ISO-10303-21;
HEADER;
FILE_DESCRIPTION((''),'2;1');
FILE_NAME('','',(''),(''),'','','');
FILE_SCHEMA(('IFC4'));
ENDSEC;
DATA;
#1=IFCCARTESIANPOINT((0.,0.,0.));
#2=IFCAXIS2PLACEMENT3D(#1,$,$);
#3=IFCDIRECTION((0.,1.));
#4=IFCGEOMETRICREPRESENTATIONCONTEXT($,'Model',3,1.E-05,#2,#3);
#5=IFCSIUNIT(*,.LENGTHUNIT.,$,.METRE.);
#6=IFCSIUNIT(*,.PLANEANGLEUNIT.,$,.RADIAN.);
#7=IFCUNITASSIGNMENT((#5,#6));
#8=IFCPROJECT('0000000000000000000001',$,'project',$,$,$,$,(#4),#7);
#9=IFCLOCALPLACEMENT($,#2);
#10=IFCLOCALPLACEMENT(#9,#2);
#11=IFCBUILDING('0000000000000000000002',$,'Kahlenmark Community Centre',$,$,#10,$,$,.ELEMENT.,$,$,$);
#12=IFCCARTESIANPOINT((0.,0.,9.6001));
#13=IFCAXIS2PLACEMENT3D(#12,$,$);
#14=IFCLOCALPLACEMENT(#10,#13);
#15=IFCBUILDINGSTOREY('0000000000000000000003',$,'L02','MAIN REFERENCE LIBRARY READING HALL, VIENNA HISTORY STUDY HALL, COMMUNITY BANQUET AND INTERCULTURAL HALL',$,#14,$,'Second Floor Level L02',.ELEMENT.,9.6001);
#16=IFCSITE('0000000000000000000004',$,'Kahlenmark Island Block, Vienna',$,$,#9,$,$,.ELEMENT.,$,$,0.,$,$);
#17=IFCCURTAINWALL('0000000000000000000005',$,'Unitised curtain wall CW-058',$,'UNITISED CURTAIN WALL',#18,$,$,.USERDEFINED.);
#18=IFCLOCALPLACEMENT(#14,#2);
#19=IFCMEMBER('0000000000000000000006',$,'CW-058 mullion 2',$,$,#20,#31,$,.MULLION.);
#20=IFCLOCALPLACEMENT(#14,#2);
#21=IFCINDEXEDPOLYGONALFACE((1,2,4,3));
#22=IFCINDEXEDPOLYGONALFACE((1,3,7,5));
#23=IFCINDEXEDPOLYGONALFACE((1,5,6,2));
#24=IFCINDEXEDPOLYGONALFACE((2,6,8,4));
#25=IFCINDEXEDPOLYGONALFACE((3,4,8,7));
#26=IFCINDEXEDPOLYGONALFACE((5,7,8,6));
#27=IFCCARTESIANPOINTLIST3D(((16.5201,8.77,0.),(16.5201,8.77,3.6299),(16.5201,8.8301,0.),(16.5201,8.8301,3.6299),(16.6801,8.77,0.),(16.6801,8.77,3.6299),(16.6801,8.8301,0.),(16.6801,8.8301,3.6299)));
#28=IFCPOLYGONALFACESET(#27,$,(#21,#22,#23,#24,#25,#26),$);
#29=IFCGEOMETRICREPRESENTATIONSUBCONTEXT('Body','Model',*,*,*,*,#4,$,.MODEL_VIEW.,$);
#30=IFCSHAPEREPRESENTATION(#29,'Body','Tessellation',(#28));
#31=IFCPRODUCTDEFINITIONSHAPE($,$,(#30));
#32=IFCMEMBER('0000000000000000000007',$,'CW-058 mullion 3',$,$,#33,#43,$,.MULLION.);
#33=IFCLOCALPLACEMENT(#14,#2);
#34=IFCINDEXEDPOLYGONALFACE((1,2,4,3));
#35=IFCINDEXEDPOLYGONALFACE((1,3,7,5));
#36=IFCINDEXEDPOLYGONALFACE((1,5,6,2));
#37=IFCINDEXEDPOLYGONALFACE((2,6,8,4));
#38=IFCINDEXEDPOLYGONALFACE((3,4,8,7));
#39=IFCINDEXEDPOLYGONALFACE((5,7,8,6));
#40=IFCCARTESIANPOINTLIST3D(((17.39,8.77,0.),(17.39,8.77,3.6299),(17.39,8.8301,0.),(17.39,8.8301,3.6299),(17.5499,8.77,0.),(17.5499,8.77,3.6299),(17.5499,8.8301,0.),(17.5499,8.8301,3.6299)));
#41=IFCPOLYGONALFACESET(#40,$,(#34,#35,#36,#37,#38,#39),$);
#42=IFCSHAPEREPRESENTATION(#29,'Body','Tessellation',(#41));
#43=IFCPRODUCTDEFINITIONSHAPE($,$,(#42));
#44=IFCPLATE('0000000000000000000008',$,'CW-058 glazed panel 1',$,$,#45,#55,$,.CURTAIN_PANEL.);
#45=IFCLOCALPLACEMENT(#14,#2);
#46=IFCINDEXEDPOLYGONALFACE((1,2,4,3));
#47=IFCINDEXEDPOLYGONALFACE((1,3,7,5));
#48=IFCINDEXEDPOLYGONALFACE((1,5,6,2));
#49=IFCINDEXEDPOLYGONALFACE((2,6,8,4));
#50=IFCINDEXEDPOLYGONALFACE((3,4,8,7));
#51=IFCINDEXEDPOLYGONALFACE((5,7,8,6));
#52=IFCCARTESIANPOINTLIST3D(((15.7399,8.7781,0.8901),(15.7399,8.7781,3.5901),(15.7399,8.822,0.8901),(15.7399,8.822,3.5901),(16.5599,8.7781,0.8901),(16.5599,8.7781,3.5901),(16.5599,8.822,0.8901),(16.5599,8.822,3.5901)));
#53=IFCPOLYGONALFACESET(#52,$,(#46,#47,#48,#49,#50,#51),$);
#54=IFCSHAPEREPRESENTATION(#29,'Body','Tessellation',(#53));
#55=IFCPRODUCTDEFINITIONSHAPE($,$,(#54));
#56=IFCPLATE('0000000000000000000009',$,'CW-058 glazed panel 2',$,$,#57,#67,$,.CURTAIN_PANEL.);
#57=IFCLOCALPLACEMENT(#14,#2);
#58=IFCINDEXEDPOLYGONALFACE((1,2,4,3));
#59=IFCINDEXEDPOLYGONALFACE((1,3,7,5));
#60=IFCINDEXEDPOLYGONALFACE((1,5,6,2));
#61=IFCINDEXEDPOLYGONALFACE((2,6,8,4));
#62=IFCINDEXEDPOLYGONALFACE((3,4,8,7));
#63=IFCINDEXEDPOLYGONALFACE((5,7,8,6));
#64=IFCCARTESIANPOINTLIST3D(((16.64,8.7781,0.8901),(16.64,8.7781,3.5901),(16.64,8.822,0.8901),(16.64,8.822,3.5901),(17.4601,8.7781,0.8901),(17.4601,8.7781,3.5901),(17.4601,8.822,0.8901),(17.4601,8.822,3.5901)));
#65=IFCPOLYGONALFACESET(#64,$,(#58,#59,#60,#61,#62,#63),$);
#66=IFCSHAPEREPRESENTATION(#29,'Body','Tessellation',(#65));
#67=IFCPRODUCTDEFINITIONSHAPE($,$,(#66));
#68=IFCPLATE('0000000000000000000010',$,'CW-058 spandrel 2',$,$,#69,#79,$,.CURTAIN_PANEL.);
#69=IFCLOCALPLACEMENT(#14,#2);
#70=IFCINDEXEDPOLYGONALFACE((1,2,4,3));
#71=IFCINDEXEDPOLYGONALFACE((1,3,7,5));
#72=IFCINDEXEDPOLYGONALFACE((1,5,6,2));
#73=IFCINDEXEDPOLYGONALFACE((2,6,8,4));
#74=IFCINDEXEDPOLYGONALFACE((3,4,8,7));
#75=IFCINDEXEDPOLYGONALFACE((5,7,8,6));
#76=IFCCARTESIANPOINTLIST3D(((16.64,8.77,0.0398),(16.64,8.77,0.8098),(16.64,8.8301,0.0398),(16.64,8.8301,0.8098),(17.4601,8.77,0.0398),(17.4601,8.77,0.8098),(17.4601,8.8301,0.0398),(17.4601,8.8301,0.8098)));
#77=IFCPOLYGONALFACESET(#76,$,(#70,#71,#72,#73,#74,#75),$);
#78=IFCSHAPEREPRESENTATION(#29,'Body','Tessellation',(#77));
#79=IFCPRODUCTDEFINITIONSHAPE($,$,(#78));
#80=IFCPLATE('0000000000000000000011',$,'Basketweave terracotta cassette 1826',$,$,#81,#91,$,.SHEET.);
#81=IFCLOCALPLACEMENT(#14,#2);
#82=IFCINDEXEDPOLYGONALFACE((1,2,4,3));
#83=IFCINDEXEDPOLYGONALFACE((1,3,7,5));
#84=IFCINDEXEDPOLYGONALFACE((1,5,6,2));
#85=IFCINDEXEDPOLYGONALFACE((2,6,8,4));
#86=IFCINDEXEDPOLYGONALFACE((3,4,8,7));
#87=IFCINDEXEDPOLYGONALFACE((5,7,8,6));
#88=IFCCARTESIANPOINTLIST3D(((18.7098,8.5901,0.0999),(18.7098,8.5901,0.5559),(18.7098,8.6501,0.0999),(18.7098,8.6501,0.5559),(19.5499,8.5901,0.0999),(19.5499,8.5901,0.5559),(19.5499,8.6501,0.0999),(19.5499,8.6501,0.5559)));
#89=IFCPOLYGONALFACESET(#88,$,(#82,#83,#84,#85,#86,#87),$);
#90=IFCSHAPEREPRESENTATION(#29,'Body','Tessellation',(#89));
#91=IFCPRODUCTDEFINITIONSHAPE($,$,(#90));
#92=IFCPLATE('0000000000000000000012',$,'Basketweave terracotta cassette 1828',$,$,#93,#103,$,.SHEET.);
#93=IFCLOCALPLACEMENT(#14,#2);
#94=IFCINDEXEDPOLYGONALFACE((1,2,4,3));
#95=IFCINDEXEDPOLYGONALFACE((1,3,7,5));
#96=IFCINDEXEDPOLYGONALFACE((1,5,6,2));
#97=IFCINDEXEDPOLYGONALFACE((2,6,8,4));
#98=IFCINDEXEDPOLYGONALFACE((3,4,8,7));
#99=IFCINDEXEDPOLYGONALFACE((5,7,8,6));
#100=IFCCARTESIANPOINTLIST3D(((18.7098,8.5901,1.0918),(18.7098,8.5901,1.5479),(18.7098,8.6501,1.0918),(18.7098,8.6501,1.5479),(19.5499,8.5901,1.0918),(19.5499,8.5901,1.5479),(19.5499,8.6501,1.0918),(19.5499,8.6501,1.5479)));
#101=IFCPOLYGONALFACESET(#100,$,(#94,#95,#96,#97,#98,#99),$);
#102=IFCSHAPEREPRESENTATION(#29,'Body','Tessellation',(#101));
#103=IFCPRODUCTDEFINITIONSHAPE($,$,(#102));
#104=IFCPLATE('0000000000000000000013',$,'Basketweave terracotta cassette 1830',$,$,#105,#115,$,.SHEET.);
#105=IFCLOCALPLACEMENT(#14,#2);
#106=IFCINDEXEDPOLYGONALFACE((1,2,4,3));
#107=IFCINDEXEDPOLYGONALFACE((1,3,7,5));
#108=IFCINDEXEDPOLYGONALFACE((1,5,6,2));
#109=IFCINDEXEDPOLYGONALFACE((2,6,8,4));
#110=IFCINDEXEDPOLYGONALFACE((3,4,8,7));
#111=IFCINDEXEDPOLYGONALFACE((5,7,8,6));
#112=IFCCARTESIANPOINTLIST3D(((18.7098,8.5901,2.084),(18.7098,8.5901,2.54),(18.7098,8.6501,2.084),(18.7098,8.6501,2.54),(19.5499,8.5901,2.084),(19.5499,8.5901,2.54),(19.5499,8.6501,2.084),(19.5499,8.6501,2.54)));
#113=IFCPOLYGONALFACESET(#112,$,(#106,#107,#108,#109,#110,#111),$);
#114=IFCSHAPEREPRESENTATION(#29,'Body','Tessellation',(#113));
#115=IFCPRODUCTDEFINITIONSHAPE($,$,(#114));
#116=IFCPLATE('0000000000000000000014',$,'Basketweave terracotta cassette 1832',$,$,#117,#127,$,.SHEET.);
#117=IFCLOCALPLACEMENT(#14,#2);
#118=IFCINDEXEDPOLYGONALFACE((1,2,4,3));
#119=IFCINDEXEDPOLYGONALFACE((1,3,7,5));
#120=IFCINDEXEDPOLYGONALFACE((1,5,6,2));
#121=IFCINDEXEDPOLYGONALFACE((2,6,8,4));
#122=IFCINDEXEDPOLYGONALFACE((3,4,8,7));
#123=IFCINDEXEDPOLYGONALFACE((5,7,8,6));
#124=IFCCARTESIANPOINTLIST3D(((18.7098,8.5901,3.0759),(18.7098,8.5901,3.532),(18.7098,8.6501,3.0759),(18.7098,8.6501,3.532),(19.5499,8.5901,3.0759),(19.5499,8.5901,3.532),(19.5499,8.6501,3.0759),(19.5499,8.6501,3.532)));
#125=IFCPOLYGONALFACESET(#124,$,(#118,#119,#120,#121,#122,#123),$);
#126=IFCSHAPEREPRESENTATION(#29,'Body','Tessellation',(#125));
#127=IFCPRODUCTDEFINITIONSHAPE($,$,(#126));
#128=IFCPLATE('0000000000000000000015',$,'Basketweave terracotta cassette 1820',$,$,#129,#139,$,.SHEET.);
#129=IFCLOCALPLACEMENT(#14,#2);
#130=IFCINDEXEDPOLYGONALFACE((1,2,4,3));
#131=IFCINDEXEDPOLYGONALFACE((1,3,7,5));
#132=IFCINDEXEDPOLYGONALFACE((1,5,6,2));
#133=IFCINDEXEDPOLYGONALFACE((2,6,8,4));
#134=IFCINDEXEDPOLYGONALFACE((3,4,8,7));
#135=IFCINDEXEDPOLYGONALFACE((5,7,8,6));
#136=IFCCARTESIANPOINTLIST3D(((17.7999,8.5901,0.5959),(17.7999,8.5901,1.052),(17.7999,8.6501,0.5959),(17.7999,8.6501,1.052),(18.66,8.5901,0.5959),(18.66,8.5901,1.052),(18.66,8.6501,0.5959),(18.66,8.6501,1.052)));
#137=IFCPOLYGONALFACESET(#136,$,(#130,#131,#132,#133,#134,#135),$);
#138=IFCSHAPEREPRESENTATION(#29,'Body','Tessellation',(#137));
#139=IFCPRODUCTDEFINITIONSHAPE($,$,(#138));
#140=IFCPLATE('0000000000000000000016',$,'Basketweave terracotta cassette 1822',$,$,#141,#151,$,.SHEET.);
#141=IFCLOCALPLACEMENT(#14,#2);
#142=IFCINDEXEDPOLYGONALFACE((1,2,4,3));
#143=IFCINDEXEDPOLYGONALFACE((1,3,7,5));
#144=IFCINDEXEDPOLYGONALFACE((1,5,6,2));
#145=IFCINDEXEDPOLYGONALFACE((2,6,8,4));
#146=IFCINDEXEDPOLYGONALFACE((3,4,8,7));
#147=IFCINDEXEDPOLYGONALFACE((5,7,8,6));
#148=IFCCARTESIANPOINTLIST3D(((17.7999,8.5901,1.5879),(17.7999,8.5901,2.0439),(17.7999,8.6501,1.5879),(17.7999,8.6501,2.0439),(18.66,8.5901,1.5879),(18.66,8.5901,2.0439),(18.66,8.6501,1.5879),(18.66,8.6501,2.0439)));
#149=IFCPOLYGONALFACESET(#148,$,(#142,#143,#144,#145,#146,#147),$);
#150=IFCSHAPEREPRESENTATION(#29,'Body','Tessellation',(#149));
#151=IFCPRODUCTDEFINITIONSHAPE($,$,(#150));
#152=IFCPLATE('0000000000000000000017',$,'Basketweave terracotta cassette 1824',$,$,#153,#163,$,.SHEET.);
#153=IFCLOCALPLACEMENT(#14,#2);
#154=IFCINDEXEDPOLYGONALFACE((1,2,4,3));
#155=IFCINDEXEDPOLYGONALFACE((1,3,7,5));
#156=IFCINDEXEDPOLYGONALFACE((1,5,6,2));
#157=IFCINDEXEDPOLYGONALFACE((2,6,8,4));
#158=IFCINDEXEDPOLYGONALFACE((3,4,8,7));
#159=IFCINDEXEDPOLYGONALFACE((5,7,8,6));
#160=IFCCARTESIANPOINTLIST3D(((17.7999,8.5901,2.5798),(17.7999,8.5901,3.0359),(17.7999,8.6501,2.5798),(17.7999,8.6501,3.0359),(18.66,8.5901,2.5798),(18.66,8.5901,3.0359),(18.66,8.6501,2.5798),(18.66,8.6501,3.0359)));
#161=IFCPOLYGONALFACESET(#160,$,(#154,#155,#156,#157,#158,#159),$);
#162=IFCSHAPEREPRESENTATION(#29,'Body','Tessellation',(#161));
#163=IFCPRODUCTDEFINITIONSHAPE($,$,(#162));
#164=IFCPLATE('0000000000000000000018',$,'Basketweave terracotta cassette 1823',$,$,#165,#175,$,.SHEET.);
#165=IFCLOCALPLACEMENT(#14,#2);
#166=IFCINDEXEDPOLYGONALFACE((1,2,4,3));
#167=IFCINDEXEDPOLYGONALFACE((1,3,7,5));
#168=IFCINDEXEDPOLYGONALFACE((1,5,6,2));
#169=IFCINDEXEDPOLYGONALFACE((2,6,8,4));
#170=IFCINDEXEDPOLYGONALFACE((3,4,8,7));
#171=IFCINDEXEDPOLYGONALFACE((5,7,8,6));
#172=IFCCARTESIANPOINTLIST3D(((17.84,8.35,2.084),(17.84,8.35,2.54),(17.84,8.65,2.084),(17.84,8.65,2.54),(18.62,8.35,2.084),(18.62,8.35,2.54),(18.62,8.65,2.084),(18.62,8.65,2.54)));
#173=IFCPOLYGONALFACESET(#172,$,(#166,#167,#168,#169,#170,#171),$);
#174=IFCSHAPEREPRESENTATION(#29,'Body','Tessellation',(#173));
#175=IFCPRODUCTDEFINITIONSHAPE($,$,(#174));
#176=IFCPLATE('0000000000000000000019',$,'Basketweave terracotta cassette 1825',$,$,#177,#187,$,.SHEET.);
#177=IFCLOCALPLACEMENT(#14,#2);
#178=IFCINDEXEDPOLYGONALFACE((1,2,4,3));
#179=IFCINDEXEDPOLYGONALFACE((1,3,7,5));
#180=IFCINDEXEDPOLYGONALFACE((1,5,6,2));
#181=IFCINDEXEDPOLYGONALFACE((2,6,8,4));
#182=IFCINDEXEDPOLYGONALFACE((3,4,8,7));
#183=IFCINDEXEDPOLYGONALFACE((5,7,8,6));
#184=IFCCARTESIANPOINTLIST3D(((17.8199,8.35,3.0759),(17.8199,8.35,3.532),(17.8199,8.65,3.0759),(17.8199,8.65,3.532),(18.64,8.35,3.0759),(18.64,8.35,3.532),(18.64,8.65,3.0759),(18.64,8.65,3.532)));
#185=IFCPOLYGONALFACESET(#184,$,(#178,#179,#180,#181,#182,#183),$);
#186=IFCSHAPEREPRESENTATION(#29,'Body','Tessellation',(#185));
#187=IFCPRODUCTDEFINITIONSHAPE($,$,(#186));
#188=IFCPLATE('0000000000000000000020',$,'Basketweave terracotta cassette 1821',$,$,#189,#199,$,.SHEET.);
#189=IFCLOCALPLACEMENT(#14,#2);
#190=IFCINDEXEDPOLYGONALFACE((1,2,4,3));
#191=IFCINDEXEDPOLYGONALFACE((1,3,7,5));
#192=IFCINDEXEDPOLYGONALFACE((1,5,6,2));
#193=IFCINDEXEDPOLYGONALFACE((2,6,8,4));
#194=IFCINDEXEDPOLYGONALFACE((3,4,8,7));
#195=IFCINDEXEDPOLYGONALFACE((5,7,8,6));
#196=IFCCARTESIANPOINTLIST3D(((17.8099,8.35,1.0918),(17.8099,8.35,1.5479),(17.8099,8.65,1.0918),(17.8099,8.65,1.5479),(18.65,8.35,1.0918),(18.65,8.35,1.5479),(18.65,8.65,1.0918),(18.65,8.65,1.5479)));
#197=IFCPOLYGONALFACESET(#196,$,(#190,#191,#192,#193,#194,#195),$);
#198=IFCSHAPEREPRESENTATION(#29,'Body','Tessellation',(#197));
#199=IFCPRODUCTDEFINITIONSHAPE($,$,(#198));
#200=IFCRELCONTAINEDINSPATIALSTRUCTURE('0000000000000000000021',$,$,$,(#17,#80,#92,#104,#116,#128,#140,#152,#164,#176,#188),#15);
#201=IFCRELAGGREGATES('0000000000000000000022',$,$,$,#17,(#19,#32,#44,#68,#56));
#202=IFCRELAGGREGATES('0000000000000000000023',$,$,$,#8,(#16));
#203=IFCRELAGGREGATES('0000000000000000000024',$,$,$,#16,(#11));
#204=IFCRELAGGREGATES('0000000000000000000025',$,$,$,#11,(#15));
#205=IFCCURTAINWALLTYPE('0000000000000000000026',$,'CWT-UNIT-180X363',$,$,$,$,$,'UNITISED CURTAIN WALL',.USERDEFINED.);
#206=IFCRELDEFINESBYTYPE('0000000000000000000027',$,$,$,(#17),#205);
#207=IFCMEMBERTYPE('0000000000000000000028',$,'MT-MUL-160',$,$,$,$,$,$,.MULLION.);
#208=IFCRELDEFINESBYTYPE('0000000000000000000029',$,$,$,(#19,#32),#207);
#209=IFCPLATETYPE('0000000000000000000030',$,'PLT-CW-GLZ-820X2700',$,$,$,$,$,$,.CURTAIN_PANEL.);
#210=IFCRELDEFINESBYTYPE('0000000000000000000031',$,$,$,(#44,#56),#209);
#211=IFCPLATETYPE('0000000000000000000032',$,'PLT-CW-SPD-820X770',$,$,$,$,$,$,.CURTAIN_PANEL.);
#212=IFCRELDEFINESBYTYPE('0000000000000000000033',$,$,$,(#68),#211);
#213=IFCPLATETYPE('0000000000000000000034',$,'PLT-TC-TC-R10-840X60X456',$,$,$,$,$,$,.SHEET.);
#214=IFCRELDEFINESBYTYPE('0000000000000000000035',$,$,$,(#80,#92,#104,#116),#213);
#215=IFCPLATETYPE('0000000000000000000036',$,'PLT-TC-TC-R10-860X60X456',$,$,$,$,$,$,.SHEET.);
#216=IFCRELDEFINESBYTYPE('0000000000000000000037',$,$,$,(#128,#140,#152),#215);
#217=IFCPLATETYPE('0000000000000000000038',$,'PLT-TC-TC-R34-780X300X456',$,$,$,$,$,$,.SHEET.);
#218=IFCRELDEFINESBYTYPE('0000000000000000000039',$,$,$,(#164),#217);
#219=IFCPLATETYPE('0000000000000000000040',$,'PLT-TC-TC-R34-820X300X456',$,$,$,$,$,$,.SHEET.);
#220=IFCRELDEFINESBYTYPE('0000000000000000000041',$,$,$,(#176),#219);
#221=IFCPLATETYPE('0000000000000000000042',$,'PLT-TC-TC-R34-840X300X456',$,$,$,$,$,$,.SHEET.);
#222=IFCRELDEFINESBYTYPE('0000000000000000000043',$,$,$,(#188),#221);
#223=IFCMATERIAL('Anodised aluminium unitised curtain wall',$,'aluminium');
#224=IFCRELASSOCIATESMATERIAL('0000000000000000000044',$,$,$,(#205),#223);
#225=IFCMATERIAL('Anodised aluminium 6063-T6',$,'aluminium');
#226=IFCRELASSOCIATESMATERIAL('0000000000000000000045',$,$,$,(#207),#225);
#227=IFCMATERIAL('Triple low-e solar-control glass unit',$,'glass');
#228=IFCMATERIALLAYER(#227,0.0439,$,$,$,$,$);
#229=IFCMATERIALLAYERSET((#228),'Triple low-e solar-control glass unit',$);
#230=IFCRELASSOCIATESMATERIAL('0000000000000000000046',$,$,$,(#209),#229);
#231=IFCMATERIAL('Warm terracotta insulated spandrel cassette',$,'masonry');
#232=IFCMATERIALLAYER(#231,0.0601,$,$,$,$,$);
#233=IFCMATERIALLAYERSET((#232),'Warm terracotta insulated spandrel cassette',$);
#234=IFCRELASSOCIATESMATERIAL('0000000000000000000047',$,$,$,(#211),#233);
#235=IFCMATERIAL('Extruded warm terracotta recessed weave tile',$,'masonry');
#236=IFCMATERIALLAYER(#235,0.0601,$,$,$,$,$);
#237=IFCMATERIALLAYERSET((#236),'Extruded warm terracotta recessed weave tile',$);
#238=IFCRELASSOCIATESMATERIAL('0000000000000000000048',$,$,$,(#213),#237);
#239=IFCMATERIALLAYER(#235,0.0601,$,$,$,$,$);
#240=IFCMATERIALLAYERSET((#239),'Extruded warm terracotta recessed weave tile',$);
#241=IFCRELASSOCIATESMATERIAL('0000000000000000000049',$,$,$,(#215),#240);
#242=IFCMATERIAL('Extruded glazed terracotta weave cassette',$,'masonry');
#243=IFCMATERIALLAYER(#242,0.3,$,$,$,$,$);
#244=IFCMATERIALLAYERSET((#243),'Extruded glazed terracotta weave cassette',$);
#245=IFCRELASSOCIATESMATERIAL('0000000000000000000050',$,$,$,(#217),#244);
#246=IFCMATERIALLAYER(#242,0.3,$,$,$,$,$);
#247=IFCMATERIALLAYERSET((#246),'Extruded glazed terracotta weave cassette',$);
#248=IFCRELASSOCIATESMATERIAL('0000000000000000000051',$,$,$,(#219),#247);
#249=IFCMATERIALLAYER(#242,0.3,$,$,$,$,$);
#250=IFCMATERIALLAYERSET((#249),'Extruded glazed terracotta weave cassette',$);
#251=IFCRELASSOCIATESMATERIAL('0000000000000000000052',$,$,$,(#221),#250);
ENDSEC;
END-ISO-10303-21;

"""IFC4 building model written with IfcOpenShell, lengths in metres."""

from ifc_helpers import new_model, si_unit, direction, frame, origin, origin_2d, place, context, subcontext, project, spatial, rectangle, extrude, material, layer, layer_set, material_profile, profile_set, type_object, element, aggregate, save


model = new_model("IFC4")

# Units and contexts
model_context = context("Model", 3, precision=1e-05, world=origin(), true_north=direction((0.0, 1.0)))
body_context = subcontext(model_context, "Body", "Model", "MODEL_VIEW")
ifc_project = project(units=[si_unit("LENGTHUNIT", "METRE"), si_unit("PLANEANGLEUNIT", "RADIAN")], contexts=[model_context])

# Site, building, storey
site_placement = place(None, origin())
site = spatial("IfcSite", under=ifc_project, at=site_placement, Name="Kahlenmark Island Block, Vienna", CompositionType="ELEMENT", RefElevation=0.0)
building_placement = place(site_placement, origin())
building = spatial("IfcBuilding", under=site, at=building_placement, Name="Kahlenmark Community Centre", CompositionType="ELEMENT")
storey_placement = place(building_placement, frame((0.0, 0.0, 9.6001)))
storey = spatial("IfcBuildingStorey", under=building, at=storey_placement, Name="L02", Description="MAIN REFERENCE LIBRARY READING HALL, VIENNA HISTORY STUDY HALL, COMMUNITY BANQUET AND INTERCULTURAL HALL", LongName="Second Floor Level L02", CompositionType="ELEMENT", Elevation=9.6001)

# Curtain wall, members, plates
ifc_material_1 = material(Name="Anodised aluminium unitised curtain wall", Category="aluminium")
curtain_wall_type = type_object("IfcCurtainWallType", Name="CWT-UNIT-180X363", ElementType="UNITISED CURTAIN WALL", PredefinedType="USERDEFINED", material=ifc_material_1)
curtain_wall_placement = place(storey_placement, origin())
curtain_wall = element("IfcCurtainWall", 1, at=curtain_wall_placement, inside=storey, type_object=curtain_wall_type, Name="Unitised curtain wall CW-058", ObjectType="UNITISED CURTAIN WALL", PredefinedType="USERDEFINED")
ifc_material_2 = material(Name="Anodised aluminium 6063-T6", Category="aluminium")
ifc_material_profile = material_profile(ifc_material_2, rectangle(XDim=0.0601, YDim=0.1599, at=origin_2d()), Name="ALU MULLION 60x160")
ifc_profile_set = profile_set([ifc_material_profile], Name="Anodised aluminium 6063-T6")
member_type = type_object("IfcMemberType", Name="MT-MUL-160", PredefinedType="MULLION", material=ifc_profile_set)
member_1_placement = place(storey_placement, frame((16.6001, 8.8, 0.0), z_axis=(0.0, 0.0, 1.0), x_axis=(0.0, 1.0, 0.0)))
member_1 = element("IfcMember", 2, at=member_1_placement, type_object=member_type, Name="CW-058 mullion 2", PredefinedType="MULLION", context=body_context, shape_type="SweptSolid", body=[
    extrude(rectangle(XDim=0.0601, YDim=0.1599, at=origin_2d()), origin(), (0.0, 0.0, 1.0), 3.6299),
])
member_2_placement = place(storey_placement, frame((17.47, 8.8, 0.0), z_axis=(0.0, 0.0, 1.0), x_axis=(0.0, 1.0, 0.0)))
member_2 = element("IfcMember", 3, at=member_2_placement, type_object=member_type, Name="CW-058 mullion 3", PredefinedType="MULLION", context=body_context, shape_type="SweptSolid", body=[
    extrude(rectangle(XDim=0.0601, YDim=0.1599, at=origin_2d()), origin(), (0.0, 0.0, 1.0), 3.6299),
])
ifc_material_3 = material(Name="Triple low-e solar-control glass unit", Category="glass")
ifc_layer_1 = layer(ifc_material_3, 0.0439)
ifc_layer_set_1 = layer_set([ifc_layer_1], Name="Triple low-e solar-control glass unit")
plate_type_1 = type_object("IfcPlateType", Name="PLT-CW-GLZ-820X2700", PredefinedType="CURTAIN_PANEL", material=ifc_layer_set_1)
plate_1_placement = place(storey_placement, frame((16.1499, 8.8, 0.8901), z_axis=(0.0, 0.0, 1.0), x_axis=(1.0, 0.0, 0.0)))
plate_1 = element("IfcPlate", 4, at=plate_1_placement, type_object=plate_type_1, Name="CW-058 glazed panel 1", PredefinedType="CURTAIN_PANEL", context=body_context, shape_type="SweptSolid", body=[
    extrude(rectangle(XDim=0.8201, YDim=0.0439, at=origin_2d()), origin(), (0.0, 0.0, 1.0), 2.7),
])
plate_2_placement = place(storey_placement, frame((17.05, 8.8, 0.8901), z_axis=(0.0, 0.0, 1.0), x_axis=(1.0, 0.0, 0.0)))
plate_2 = element("IfcPlate", 5, at=plate_2_placement, type_object=plate_type_1, Name="CW-058 glazed panel 2", PredefinedType="CURTAIN_PANEL", context=body_context, shape_type="SweptSolid", body=[
    extrude(rectangle(XDim=0.8201, YDim=0.0439, at=origin_2d()), origin(), (0.0, 0.0, 1.0), 2.7),
])
ifc_material_4 = material(Name="Warm terracotta insulated spandrel cassette", Category="masonry")
ifc_layer_2 = layer(ifc_material_4, 0.0601)
ifc_layer_set_2 = layer_set([ifc_layer_2], Name="Warm terracotta insulated spandrel cassette")
plate_type_2 = type_object("IfcPlateType", Name="PLT-CW-SPD-820X770", PredefinedType="CURTAIN_PANEL", material=ifc_layer_set_2)
plate_3_placement = place(storey_placement, frame((17.05, 8.8, 0.0398), z_axis=(0.0, 0.0, 1.0), x_axis=(1.0, 0.0, 0.0)))
plate_3 = element("IfcPlate", 6, at=plate_3_placement, type_object=plate_type_2, Name="CW-058 spandrel 2", PredefinedType="CURTAIN_PANEL", context=body_context, shape_type="SweptSolid", body=[
    extrude(rectangle(XDim=0.8201, YDim=0.0601, at=origin_2d()), origin(), (0.0, 0.0, 1.0), 0.77),
])
aggregate(curtain_wall, [member_1, member_2, plate_1, plate_3, plate_2])

# Plates
ifc_material_5 = material(Name="Extruded warm terracotta recessed weave tile", Category="masonry")
ifc_layer_3 = layer(ifc_material_5, 0.0601)
ifc_layer_set_3 = layer_set([ifc_layer_3], Name="Extruded warm terracotta recessed weave tile")
plate_type_3 = type_object("IfcPlateType", Name="PLT-TC-TC-R10-840X60X456", PredefinedType="SHEET", material=ifc_layer_set_3)
for number, where, z_axis, x_axis, name in (
    (7, (19.1299, 8.6201, 0.0999), (0.0, 0.0, 1.0), (1.0, 0.0, 0.0), "Basketweave terracotta cassette 1826"),
    (8, (19.1299, 8.6201, 1.0918), (0.0, 0.0, 1.0), (1.0, 0.0, 0.0), "Basketweave terracotta cassette 1828"),
    (9, (19.1299, 8.6201, 2.084), (0.0, 0.0, 1.0), (1.0, 0.0, 0.0), "Basketweave terracotta cassette 1830"),
    (10, (19.1299, 8.6201, 3.0759), (0.0, 0.0, 1.0), (1.0, 0.0, 0.0), "Basketweave terracotta cassette 1832"),
):
    element("IfcPlate", number, at=place(storey_placement, frame(where, z_axis=z_axis, x_axis=x_axis)), inside=storey, type_object=plate_type_3, Name=name, PredefinedType="SHEET", context=body_context, shape_type="SweptSolid", body=[
        extrude(rectangle(XDim=0.8401, YDim=0.0601, at=origin_2d()), origin(), (0.0, 0.0, 1.0), 0.4561),
    ])
ifc_layer_4 = layer(ifc_material_5, 0.0601)
ifc_layer_set_4 = layer_set([ifc_layer_4], Name="Extruded warm terracotta recessed weave tile")
plate_type_4 = type_object("IfcPlateType", Name="PLT-TC-TC-R10-860X60X456", PredefinedType="SHEET", material=ifc_layer_set_4)
for number, where, z_axis, x_axis, name in (
    (11, (18.23, 8.6201, 0.5959), (0.0, 0.0, 1.0), (1.0, 0.0, 0.0), "Basketweave terracotta cassette 1820"),
    (12, (18.23, 8.6201, 1.5879), (0.0, 0.0, 1.0), (1.0, 0.0, 0.0), "Basketweave terracotta cassette 1822"),
    (13, (18.23, 8.6201, 2.5798), (0.0, 0.0, 1.0), (1.0, 0.0, 0.0), "Basketweave terracotta cassette 1824"),
):
    element("IfcPlate", number, at=place(storey_placement, frame(where, z_axis=z_axis, x_axis=x_axis)), inside=storey, type_object=plate_type_4, Name=name, PredefinedType="SHEET", context=body_context, shape_type="SweptSolid", body=[
        extrude(rectangle(XDim=0.8601, YDim=0.0601, at=origin_2d()), origin(), (0.0, 0.0, 1.0), 0.4561),
    ])
ifc_material_6 = material(Name="Extruded glazed terracotta weave cassette", Category="masonry")
ifc_layer_5 = layer(ifc_material_6, 0.3)
ifc_layer_set_5 = layer_set([ifc_layer_5], Name="Extruded glazed terracotta weave cassette")
plate_type_5 = type_object("IfcPlateType", Name="PLT-TC-TC-R34-780X300X456", PredefinedType="SHEET", material=ifc_layer_set_5)
plate_4_placement = place(storey_placement, frame((18.23, 8.5, 2.084), z_axis=(0.0, 0.0, 1.0), x_axis=(1.0, 0.0, 0.0)))
element("IfcPlate", 14, at=plate_4_placement, inside=storey, type_object=plate_type_5, Name="Basketweave terracotta cassette 1823", PredefinedType="SHEET", context=body_context, shape_type="SweptSolid", body=[
    extrude(rectangle(XDim=0.78, YDim=0.3, at=origin_2d()), origin(), (0.0, 0.0, 1.0), 0.4561),
])
ifc_layer_6 = layer(ifc_material_6, 0.3)
ifc_layer_set_6 = layer_set([ifc_layer_6], Name="Extruded glazed terracotta weave cassette")
plate_type_6 = type_object("IfcPlateType", Name="PLT-TC-TC-R34-820X300X456", PredefinedType="SHEET", material=ifc_layer_set_6)
plate_5_placement = place(storey_placement, frame((18.23, 8.5, 3.0759), z_axis=(0.0, 0.0, 1.0), x_axis=(1.0, 0.0, 0.0)))
element("IfcPlate", 15, at=plate_5_placement, inside=storey, type_object=plate_type_6, Name="Basketweave terracotta cassette 1825", PredefinedType="SHEET", context=body_context, shape_type="SweptSolid", body=[
    extrude(rectangle(XDim=0.8201, YDim=0.3, at=origin_2d()), origin(), (0.0, 0.0, 1.0), 0.4561),
])
ifc_layer_7 = layer(ifc_material_6, 0.3)
ifc_layer_set_7 = layer_set([ifc_layer_7], Name="Extruded glazed terracotta weave cassette")
plate_type_7 = type_object("IfcPlateType", Name="PLT-TC-TC-R34-840X300X456", PredefinedType="SHEET", material=ifc_layer_set_7)
for number, where, z_axis, x_axis, name in (
    (16, (18.23, 8.5, 1.0918), (0.0, 0.0, 1.0), (1.0, 0.0, 0.0), "Basketweave terracotta cassette 1821"),
):
    element("IfcPlate", number, at=place(storey_placement, frame(where, z_axis=z_axis, x_axis=x_axis)), inside=storey, type_object=plate_type_7, Name=name, PredefinedType="SHEET", context=body_context, shape_type="SweptSolid", body=[
        extrude(rectangle(XDim=0.8401, YDim=0.3, at=origin_2d()), origin(), (0.0, 0.0, 1.0), 0.4561),
    ])

save(model, "model.ifc")
